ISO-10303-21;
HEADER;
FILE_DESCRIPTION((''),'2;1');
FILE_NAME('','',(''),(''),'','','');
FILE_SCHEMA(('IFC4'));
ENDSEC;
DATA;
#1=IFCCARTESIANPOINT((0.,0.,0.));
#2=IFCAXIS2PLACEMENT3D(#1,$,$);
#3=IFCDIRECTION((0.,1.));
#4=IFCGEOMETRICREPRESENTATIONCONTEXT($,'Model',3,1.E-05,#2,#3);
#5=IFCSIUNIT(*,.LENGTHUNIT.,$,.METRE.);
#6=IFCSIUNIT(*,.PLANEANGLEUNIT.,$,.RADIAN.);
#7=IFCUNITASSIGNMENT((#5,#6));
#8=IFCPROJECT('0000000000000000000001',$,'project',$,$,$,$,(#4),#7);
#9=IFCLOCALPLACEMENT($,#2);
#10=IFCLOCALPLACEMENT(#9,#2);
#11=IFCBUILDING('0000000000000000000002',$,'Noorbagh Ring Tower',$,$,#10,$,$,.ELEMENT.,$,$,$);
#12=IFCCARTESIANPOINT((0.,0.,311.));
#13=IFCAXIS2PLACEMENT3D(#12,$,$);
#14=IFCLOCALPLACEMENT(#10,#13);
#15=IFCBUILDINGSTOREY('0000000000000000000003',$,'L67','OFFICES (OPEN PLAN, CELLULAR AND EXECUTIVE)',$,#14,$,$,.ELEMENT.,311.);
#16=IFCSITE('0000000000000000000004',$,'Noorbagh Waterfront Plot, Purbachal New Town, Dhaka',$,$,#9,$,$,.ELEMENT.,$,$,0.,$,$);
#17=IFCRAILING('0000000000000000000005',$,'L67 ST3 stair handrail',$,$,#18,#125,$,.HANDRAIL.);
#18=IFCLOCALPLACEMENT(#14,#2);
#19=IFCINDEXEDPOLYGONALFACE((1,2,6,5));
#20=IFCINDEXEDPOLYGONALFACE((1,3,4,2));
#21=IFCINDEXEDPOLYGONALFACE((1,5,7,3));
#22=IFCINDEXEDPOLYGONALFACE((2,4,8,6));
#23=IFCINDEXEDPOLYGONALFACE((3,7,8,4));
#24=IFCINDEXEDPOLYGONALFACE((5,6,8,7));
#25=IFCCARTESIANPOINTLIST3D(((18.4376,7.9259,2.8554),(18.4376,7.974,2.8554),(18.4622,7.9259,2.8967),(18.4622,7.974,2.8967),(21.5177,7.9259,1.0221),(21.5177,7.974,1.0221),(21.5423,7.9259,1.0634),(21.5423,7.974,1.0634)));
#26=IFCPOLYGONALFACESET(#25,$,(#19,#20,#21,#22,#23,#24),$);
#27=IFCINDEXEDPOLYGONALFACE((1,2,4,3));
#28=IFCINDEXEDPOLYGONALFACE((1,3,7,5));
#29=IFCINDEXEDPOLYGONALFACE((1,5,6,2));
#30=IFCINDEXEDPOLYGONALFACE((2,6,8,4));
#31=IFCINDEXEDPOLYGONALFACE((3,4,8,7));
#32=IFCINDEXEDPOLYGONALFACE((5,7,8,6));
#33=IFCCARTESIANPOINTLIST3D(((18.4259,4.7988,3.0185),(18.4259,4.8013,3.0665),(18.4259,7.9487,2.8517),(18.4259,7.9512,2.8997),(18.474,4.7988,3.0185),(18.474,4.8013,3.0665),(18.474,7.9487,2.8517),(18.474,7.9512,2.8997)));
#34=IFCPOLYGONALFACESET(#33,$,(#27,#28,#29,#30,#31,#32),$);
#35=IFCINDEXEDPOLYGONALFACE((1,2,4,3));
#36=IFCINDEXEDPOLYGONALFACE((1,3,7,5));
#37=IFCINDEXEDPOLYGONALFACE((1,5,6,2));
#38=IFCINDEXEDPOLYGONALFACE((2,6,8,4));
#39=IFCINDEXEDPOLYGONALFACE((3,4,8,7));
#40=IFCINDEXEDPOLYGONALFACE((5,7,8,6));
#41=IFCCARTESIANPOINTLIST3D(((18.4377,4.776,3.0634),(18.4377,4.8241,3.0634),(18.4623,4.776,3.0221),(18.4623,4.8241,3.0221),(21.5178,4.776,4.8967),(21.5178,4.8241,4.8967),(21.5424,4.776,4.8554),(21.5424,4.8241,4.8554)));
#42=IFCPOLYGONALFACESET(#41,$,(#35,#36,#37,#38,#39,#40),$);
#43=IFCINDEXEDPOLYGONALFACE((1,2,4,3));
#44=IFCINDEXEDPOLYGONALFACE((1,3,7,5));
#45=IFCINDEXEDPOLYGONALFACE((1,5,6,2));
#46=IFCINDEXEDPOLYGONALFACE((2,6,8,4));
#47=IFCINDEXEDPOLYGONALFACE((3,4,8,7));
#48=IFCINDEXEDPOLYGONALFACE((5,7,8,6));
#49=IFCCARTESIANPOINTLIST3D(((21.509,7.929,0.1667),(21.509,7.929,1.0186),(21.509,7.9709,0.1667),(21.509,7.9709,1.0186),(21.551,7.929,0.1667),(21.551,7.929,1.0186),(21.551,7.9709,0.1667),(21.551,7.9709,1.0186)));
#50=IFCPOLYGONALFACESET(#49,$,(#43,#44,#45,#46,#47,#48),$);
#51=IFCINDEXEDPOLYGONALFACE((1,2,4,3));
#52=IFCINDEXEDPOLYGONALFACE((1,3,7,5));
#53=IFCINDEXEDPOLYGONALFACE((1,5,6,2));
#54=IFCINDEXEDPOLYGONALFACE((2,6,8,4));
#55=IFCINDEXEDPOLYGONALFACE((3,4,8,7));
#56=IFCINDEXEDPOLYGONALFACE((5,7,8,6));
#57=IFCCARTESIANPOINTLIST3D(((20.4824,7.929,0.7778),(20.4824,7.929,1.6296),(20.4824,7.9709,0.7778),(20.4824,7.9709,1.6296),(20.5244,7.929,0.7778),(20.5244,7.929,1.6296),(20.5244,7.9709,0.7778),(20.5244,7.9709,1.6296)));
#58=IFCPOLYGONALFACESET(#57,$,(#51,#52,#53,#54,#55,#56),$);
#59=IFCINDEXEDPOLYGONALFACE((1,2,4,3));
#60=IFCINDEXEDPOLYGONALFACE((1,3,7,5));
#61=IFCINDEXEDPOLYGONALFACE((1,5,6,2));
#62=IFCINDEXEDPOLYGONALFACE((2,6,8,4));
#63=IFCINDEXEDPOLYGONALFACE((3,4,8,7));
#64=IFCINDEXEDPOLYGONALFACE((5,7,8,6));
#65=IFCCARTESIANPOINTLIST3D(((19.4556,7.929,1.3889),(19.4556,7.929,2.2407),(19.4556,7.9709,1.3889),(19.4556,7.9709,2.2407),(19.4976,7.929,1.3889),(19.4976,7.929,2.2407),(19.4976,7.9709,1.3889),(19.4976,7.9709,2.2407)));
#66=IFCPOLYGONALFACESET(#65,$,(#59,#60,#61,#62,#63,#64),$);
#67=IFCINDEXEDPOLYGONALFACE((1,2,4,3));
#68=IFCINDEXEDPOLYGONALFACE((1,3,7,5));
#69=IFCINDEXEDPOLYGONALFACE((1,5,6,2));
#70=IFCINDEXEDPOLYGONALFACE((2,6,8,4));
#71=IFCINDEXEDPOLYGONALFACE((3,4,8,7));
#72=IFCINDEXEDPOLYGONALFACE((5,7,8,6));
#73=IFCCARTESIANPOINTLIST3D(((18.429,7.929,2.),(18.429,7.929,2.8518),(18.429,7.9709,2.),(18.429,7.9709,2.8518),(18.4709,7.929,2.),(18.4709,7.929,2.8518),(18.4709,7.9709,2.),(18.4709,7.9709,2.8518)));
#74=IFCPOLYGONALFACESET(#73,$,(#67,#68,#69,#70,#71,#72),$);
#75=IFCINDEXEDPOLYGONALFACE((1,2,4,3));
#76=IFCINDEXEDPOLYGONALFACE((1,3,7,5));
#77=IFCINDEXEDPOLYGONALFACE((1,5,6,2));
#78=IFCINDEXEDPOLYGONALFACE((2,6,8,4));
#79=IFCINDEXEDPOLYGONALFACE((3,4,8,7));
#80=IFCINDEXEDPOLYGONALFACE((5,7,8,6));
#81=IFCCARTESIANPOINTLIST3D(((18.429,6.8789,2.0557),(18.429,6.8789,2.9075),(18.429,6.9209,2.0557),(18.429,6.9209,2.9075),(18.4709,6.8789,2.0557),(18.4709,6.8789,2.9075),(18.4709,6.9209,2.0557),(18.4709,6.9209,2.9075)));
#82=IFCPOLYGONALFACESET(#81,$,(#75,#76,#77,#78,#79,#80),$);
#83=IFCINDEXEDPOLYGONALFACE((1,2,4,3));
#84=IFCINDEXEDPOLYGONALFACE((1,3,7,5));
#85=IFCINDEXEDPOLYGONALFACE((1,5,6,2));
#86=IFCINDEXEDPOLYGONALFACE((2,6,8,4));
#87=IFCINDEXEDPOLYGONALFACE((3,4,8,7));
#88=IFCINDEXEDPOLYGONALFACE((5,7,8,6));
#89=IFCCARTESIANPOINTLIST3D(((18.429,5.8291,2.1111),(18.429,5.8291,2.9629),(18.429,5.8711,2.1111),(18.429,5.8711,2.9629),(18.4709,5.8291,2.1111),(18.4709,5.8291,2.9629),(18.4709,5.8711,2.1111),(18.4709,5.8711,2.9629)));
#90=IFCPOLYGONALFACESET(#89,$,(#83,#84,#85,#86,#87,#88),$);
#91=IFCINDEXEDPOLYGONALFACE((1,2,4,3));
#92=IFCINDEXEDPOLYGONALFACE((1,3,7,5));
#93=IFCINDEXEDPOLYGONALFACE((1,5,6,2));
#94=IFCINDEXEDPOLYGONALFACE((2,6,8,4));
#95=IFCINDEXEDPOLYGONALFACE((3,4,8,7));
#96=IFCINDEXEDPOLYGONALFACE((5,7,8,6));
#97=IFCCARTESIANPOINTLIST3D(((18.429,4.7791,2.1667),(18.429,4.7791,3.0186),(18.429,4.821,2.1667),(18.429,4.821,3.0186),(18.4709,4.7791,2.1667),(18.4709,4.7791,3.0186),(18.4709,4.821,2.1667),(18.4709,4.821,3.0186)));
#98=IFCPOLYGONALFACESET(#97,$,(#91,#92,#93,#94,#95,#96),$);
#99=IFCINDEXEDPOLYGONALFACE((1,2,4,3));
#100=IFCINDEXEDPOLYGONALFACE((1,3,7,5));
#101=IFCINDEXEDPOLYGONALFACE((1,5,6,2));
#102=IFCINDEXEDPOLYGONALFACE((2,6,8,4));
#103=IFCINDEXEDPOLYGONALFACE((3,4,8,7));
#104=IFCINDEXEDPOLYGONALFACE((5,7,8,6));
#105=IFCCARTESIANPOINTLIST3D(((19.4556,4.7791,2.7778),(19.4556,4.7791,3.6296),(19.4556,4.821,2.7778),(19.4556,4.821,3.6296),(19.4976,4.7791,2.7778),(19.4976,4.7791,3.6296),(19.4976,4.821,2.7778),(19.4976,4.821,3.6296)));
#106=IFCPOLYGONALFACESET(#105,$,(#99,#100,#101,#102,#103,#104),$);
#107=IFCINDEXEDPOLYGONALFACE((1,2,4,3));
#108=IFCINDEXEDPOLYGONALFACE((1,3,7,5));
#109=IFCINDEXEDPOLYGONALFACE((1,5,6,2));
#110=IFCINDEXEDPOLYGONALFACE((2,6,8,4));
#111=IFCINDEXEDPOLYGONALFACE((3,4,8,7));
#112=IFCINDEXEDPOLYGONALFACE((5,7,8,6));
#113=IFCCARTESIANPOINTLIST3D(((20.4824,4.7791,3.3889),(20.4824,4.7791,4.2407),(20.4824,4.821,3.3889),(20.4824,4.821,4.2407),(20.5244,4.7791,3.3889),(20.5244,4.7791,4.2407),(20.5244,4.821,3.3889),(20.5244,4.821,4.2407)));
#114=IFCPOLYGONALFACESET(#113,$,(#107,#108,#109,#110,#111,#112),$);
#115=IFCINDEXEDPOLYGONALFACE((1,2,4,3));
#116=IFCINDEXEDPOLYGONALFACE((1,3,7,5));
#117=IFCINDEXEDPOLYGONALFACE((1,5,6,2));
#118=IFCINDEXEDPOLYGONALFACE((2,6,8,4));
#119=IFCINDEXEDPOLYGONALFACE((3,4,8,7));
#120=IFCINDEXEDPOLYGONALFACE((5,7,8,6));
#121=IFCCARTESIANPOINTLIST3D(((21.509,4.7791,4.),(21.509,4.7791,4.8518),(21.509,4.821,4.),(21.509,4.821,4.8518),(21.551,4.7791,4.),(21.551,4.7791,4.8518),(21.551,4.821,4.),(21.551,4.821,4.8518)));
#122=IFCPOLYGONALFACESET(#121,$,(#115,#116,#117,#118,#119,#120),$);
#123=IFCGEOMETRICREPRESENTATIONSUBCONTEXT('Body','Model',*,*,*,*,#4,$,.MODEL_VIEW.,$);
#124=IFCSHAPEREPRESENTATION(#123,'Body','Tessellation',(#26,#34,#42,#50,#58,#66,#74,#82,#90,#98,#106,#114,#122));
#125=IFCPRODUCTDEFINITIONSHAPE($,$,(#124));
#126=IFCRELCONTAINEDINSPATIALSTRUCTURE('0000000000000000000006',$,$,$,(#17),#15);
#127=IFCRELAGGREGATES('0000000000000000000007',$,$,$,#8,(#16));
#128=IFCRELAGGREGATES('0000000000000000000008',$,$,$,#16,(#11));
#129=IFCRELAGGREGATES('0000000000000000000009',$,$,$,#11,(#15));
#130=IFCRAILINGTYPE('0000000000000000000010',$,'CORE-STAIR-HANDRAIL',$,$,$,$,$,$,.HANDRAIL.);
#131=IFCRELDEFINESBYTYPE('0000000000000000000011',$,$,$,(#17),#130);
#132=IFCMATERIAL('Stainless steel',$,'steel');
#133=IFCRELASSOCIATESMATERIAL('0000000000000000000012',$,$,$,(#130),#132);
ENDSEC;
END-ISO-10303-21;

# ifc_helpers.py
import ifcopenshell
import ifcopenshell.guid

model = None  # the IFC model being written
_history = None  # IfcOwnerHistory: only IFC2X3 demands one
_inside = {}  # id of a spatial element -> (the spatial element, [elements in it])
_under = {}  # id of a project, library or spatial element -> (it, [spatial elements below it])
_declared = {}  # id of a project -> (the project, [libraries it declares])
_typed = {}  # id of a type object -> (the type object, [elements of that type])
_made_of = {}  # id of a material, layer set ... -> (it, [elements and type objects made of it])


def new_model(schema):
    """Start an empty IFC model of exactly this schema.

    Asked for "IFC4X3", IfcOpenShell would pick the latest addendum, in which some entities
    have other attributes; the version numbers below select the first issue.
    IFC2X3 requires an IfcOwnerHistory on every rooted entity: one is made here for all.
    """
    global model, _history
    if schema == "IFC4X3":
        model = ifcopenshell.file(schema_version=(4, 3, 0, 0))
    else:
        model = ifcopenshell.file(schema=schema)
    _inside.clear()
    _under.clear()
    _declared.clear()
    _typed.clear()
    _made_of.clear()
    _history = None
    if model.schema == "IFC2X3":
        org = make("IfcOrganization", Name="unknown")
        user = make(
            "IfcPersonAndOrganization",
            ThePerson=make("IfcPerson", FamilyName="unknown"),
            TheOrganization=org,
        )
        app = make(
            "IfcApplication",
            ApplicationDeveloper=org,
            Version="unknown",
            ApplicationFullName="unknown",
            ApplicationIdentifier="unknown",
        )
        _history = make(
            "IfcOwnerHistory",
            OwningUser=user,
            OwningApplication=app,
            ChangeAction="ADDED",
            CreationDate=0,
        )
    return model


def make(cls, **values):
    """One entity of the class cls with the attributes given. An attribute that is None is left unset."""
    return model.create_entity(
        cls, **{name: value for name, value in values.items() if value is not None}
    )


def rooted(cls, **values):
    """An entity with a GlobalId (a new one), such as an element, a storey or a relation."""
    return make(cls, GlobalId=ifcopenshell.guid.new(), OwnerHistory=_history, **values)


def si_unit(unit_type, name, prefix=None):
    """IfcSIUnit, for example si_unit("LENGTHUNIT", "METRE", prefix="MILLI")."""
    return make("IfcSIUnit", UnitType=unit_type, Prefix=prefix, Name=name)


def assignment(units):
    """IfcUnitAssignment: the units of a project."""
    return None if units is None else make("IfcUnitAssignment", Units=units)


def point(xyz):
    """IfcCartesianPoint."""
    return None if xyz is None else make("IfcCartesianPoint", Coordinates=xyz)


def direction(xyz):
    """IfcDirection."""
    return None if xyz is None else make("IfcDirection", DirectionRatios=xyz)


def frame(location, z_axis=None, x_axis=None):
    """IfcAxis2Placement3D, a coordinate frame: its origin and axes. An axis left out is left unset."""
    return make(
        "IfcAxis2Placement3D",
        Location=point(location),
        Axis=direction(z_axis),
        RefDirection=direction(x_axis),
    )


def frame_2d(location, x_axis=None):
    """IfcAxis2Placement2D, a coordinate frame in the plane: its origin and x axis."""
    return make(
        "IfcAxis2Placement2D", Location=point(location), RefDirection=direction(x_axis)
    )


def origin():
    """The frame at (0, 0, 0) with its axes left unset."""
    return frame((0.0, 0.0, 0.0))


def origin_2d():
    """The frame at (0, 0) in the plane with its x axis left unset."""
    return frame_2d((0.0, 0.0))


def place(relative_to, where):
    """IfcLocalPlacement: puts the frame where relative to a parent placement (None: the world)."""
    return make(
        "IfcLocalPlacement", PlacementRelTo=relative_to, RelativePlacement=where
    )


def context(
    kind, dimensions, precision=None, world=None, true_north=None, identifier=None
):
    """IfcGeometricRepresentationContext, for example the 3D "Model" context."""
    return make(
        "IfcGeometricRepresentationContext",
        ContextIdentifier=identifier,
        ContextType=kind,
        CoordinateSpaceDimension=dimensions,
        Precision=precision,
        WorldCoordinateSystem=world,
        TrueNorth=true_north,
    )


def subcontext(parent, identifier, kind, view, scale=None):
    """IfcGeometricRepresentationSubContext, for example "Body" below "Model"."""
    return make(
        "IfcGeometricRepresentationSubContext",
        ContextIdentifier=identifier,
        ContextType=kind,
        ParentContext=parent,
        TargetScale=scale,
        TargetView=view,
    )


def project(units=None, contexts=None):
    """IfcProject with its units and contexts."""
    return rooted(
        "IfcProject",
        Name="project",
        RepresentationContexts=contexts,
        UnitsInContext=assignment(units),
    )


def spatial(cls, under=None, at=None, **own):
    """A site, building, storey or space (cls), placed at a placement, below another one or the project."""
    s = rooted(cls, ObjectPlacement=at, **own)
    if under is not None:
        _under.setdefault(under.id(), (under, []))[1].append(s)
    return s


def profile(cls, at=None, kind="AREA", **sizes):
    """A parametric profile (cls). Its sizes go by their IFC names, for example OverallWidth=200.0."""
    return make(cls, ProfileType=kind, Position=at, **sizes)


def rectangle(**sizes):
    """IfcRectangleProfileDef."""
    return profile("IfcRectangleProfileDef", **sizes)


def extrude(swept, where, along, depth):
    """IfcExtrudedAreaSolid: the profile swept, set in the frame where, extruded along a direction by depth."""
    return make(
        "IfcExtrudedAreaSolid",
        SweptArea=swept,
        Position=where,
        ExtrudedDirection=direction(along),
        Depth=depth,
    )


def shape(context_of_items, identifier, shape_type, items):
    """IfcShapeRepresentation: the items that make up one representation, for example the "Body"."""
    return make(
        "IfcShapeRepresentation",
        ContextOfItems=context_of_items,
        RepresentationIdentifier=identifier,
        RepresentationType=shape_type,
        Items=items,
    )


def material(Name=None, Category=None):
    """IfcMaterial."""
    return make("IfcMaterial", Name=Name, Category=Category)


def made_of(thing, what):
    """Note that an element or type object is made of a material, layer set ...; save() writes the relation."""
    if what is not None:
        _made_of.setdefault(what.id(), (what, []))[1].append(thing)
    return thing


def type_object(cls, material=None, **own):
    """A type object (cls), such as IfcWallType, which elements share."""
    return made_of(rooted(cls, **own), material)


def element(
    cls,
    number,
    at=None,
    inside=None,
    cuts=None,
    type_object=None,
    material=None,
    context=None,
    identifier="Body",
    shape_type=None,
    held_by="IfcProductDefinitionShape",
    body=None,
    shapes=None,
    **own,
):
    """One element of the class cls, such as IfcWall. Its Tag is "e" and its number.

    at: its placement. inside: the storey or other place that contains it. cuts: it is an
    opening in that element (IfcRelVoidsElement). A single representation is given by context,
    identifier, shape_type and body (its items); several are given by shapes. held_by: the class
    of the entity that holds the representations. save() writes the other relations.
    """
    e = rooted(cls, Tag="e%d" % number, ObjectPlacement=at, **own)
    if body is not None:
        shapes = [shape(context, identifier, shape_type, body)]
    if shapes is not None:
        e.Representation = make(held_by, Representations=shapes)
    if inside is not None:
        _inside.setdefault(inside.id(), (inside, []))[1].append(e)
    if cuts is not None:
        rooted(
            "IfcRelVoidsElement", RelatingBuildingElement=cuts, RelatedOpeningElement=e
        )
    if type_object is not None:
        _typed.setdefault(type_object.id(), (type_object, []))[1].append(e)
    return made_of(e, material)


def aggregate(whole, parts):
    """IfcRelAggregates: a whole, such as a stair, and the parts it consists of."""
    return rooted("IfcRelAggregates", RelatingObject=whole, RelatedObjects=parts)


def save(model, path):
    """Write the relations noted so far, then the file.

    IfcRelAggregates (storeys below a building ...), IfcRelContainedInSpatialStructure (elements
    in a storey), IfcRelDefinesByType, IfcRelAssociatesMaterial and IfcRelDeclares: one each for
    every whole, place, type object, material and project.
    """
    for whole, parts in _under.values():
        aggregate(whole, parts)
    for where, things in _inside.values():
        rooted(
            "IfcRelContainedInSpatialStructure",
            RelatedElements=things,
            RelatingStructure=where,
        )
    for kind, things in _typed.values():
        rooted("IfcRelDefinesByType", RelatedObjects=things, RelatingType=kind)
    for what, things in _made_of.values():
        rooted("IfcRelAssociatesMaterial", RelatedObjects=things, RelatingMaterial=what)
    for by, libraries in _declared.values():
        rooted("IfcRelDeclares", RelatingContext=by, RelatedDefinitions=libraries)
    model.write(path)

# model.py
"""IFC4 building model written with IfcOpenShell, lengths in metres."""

from ifc_helpers import new_model, si_unit, direction, frame, origin, origin_2d, place, context, subcontext, project, spatial, rectangle, extrude, material, type_object, element, save


model = new_model("IFC4")

# Units and contexts
model_context = context("Model", 3, precision=1e-05, world=origin(), true_north=direction((0.0, 1.0)))
body_context = subcontext(model_context, "Body", "Model", "MODEL_VIEW")
ifc_project = project(units=[si_unit("LENGTHUNIT", "METRE"), si_unit("PLANEANGLEUNIT", "RADIAN")], contexts=[model_context])

# Site, building, storey
site_placement = place(None, origin())
site = spatial("IfcSite", under=ifc_project, at=site_placement, Name="Noorbagh Waterfront Plot, Purbachal New Town, Dhaka", CompositionType="ELEMENT", RefElevation=0.0)
building_placement = place(site_placement, origin())
building = spatial("IfcBuilding", under=site, at=building_placement, Name="Noorbagh Ring Tower", CompositionType="ELEMENT")
storey_placement = place(building_placement, frame((0.0, 0.0, 311.0)))
storey = spatial("IfcBuildingStorey", under=building, at=storey_placement, Name="L67", Description="OFFICES (OPEN PLAN, CELLULAR AND EXECUTIVE)", CompositionType="ELEMENT", Elevation=311.0)

# Railing
ifc_material_1 = material(Name="Stainless steel", Category="steel")
railing_type_1 = type_object("IfcRailingType", Name="CORE-STAIR-HANDRAIL", PredefinedType="HANDRAIL", material=ifc_material_1)
railing_1_placement = place(storey_placement, frame((21.53, 7.95, 0.1667)))
element("IfcRailing", 1, at=railing_1_placement, inside=storey, type_object=railing_type_1, Name="L67 ST3 stair handrail", PredefinedType="HANDRAIL", context=body_context, shape_type="SweptSolid", body=[
    extrude(rectangle(XDim=0.0481, YDim=0.0481, at=origin_2d()), frame((0.0, 0.0, 0.876), z_axis=(-0.859309, 0.0, 0.511458), x_axis=(0.0, -1.0, 0.0)), (0.0, 0.0, 1.0), 3.5845),
    extrude(rectangle(XDim=0.0481, YDim=0.0481, at=origin_2d()), frame((-3.0801, 0.0, 2.709), z_axis=(0.0, -0.998602, 0.052864), x_axis=(1.0, 0.0, 0.0)), (0.0, 0.0, 1.0), 3.1543),
    extrude(rectangle(XDim=0.0481, YDim=0.0481, at=origin_2d()), frame((-3.0801, -3.1499, 2.876), z_axis=(0.859309, 0.0, 0.511458), x_axis=(0.0, 1.0, 0.0)), (0.0, 0.0, 1.0), 3.5845),
    extrude(rectangle(XDim=0.042, YDim=0.042, at=origin_2d()), origin(), (0.0, 0.0, 1.0), 0.8518),
    extrude(rectangle(XDim=0.042, YDim=0.042, at=origin_2d()), frame((-1.0266, 0.0, 0.6111)), (0.0, 0.0, 1.0), 0.8518),
    extrude(rectangle(XDim=0.042, YDim=0.042, at=origin_2d()), frame((-2.0535, 0.0, 1.2222)), (0.0, 0.0, 1.0), 0.8518),
    extrude(rectangle(XDim=0.042, YDim=0.042, at=origin_2d()), frame((-3.0801, 0.0, 1.8333)), (0.0, 0.0, 1.0), 0.8518),
    extrude(rectangle(XDim=0.042, YDim=0.042, at=origin_2d()), frame((-3.0801, -1.05, 1.8889)), (0.0, 0.0, 1.0), 0.8518),
    extrude(rectangle(XDim=0.042, YDim=0.042, at=origin_2d()), frame((-3.0801, -2.0999, 1.9443)), (0.0, 0.0, 1.0), 0.8518),
    extrude(rectangle(XDim=0.042, YDim=0.042, at=origin_2d()), frame((-3.0801, -3.1499, 2.0)), (0.0, 0.0, 1.0), 0.8518),
    extrude(rectangle(XDim=0.042, YDim=0.042, at=origin_2d()), frame((-2.0535, -3.1499, 2.6111)), (0.0, 0.0, 1.0), 0.8518),
    extrude(rectangle(XDim=0.042, YDim=0.042, at=origin_2d()), frame((-1.0266, -3.1499, 3.2222)), (0.0, 0.0, 1.0), 0.8518),
    extrude(rectangle(XDim=0.042, YDim=0.042, at=origin_2d()), frame((0.0, -3.1499, 3.8333)), (0.0, 0.0, 1.0), 0.8518),
])

save(model, "model.ifc")
